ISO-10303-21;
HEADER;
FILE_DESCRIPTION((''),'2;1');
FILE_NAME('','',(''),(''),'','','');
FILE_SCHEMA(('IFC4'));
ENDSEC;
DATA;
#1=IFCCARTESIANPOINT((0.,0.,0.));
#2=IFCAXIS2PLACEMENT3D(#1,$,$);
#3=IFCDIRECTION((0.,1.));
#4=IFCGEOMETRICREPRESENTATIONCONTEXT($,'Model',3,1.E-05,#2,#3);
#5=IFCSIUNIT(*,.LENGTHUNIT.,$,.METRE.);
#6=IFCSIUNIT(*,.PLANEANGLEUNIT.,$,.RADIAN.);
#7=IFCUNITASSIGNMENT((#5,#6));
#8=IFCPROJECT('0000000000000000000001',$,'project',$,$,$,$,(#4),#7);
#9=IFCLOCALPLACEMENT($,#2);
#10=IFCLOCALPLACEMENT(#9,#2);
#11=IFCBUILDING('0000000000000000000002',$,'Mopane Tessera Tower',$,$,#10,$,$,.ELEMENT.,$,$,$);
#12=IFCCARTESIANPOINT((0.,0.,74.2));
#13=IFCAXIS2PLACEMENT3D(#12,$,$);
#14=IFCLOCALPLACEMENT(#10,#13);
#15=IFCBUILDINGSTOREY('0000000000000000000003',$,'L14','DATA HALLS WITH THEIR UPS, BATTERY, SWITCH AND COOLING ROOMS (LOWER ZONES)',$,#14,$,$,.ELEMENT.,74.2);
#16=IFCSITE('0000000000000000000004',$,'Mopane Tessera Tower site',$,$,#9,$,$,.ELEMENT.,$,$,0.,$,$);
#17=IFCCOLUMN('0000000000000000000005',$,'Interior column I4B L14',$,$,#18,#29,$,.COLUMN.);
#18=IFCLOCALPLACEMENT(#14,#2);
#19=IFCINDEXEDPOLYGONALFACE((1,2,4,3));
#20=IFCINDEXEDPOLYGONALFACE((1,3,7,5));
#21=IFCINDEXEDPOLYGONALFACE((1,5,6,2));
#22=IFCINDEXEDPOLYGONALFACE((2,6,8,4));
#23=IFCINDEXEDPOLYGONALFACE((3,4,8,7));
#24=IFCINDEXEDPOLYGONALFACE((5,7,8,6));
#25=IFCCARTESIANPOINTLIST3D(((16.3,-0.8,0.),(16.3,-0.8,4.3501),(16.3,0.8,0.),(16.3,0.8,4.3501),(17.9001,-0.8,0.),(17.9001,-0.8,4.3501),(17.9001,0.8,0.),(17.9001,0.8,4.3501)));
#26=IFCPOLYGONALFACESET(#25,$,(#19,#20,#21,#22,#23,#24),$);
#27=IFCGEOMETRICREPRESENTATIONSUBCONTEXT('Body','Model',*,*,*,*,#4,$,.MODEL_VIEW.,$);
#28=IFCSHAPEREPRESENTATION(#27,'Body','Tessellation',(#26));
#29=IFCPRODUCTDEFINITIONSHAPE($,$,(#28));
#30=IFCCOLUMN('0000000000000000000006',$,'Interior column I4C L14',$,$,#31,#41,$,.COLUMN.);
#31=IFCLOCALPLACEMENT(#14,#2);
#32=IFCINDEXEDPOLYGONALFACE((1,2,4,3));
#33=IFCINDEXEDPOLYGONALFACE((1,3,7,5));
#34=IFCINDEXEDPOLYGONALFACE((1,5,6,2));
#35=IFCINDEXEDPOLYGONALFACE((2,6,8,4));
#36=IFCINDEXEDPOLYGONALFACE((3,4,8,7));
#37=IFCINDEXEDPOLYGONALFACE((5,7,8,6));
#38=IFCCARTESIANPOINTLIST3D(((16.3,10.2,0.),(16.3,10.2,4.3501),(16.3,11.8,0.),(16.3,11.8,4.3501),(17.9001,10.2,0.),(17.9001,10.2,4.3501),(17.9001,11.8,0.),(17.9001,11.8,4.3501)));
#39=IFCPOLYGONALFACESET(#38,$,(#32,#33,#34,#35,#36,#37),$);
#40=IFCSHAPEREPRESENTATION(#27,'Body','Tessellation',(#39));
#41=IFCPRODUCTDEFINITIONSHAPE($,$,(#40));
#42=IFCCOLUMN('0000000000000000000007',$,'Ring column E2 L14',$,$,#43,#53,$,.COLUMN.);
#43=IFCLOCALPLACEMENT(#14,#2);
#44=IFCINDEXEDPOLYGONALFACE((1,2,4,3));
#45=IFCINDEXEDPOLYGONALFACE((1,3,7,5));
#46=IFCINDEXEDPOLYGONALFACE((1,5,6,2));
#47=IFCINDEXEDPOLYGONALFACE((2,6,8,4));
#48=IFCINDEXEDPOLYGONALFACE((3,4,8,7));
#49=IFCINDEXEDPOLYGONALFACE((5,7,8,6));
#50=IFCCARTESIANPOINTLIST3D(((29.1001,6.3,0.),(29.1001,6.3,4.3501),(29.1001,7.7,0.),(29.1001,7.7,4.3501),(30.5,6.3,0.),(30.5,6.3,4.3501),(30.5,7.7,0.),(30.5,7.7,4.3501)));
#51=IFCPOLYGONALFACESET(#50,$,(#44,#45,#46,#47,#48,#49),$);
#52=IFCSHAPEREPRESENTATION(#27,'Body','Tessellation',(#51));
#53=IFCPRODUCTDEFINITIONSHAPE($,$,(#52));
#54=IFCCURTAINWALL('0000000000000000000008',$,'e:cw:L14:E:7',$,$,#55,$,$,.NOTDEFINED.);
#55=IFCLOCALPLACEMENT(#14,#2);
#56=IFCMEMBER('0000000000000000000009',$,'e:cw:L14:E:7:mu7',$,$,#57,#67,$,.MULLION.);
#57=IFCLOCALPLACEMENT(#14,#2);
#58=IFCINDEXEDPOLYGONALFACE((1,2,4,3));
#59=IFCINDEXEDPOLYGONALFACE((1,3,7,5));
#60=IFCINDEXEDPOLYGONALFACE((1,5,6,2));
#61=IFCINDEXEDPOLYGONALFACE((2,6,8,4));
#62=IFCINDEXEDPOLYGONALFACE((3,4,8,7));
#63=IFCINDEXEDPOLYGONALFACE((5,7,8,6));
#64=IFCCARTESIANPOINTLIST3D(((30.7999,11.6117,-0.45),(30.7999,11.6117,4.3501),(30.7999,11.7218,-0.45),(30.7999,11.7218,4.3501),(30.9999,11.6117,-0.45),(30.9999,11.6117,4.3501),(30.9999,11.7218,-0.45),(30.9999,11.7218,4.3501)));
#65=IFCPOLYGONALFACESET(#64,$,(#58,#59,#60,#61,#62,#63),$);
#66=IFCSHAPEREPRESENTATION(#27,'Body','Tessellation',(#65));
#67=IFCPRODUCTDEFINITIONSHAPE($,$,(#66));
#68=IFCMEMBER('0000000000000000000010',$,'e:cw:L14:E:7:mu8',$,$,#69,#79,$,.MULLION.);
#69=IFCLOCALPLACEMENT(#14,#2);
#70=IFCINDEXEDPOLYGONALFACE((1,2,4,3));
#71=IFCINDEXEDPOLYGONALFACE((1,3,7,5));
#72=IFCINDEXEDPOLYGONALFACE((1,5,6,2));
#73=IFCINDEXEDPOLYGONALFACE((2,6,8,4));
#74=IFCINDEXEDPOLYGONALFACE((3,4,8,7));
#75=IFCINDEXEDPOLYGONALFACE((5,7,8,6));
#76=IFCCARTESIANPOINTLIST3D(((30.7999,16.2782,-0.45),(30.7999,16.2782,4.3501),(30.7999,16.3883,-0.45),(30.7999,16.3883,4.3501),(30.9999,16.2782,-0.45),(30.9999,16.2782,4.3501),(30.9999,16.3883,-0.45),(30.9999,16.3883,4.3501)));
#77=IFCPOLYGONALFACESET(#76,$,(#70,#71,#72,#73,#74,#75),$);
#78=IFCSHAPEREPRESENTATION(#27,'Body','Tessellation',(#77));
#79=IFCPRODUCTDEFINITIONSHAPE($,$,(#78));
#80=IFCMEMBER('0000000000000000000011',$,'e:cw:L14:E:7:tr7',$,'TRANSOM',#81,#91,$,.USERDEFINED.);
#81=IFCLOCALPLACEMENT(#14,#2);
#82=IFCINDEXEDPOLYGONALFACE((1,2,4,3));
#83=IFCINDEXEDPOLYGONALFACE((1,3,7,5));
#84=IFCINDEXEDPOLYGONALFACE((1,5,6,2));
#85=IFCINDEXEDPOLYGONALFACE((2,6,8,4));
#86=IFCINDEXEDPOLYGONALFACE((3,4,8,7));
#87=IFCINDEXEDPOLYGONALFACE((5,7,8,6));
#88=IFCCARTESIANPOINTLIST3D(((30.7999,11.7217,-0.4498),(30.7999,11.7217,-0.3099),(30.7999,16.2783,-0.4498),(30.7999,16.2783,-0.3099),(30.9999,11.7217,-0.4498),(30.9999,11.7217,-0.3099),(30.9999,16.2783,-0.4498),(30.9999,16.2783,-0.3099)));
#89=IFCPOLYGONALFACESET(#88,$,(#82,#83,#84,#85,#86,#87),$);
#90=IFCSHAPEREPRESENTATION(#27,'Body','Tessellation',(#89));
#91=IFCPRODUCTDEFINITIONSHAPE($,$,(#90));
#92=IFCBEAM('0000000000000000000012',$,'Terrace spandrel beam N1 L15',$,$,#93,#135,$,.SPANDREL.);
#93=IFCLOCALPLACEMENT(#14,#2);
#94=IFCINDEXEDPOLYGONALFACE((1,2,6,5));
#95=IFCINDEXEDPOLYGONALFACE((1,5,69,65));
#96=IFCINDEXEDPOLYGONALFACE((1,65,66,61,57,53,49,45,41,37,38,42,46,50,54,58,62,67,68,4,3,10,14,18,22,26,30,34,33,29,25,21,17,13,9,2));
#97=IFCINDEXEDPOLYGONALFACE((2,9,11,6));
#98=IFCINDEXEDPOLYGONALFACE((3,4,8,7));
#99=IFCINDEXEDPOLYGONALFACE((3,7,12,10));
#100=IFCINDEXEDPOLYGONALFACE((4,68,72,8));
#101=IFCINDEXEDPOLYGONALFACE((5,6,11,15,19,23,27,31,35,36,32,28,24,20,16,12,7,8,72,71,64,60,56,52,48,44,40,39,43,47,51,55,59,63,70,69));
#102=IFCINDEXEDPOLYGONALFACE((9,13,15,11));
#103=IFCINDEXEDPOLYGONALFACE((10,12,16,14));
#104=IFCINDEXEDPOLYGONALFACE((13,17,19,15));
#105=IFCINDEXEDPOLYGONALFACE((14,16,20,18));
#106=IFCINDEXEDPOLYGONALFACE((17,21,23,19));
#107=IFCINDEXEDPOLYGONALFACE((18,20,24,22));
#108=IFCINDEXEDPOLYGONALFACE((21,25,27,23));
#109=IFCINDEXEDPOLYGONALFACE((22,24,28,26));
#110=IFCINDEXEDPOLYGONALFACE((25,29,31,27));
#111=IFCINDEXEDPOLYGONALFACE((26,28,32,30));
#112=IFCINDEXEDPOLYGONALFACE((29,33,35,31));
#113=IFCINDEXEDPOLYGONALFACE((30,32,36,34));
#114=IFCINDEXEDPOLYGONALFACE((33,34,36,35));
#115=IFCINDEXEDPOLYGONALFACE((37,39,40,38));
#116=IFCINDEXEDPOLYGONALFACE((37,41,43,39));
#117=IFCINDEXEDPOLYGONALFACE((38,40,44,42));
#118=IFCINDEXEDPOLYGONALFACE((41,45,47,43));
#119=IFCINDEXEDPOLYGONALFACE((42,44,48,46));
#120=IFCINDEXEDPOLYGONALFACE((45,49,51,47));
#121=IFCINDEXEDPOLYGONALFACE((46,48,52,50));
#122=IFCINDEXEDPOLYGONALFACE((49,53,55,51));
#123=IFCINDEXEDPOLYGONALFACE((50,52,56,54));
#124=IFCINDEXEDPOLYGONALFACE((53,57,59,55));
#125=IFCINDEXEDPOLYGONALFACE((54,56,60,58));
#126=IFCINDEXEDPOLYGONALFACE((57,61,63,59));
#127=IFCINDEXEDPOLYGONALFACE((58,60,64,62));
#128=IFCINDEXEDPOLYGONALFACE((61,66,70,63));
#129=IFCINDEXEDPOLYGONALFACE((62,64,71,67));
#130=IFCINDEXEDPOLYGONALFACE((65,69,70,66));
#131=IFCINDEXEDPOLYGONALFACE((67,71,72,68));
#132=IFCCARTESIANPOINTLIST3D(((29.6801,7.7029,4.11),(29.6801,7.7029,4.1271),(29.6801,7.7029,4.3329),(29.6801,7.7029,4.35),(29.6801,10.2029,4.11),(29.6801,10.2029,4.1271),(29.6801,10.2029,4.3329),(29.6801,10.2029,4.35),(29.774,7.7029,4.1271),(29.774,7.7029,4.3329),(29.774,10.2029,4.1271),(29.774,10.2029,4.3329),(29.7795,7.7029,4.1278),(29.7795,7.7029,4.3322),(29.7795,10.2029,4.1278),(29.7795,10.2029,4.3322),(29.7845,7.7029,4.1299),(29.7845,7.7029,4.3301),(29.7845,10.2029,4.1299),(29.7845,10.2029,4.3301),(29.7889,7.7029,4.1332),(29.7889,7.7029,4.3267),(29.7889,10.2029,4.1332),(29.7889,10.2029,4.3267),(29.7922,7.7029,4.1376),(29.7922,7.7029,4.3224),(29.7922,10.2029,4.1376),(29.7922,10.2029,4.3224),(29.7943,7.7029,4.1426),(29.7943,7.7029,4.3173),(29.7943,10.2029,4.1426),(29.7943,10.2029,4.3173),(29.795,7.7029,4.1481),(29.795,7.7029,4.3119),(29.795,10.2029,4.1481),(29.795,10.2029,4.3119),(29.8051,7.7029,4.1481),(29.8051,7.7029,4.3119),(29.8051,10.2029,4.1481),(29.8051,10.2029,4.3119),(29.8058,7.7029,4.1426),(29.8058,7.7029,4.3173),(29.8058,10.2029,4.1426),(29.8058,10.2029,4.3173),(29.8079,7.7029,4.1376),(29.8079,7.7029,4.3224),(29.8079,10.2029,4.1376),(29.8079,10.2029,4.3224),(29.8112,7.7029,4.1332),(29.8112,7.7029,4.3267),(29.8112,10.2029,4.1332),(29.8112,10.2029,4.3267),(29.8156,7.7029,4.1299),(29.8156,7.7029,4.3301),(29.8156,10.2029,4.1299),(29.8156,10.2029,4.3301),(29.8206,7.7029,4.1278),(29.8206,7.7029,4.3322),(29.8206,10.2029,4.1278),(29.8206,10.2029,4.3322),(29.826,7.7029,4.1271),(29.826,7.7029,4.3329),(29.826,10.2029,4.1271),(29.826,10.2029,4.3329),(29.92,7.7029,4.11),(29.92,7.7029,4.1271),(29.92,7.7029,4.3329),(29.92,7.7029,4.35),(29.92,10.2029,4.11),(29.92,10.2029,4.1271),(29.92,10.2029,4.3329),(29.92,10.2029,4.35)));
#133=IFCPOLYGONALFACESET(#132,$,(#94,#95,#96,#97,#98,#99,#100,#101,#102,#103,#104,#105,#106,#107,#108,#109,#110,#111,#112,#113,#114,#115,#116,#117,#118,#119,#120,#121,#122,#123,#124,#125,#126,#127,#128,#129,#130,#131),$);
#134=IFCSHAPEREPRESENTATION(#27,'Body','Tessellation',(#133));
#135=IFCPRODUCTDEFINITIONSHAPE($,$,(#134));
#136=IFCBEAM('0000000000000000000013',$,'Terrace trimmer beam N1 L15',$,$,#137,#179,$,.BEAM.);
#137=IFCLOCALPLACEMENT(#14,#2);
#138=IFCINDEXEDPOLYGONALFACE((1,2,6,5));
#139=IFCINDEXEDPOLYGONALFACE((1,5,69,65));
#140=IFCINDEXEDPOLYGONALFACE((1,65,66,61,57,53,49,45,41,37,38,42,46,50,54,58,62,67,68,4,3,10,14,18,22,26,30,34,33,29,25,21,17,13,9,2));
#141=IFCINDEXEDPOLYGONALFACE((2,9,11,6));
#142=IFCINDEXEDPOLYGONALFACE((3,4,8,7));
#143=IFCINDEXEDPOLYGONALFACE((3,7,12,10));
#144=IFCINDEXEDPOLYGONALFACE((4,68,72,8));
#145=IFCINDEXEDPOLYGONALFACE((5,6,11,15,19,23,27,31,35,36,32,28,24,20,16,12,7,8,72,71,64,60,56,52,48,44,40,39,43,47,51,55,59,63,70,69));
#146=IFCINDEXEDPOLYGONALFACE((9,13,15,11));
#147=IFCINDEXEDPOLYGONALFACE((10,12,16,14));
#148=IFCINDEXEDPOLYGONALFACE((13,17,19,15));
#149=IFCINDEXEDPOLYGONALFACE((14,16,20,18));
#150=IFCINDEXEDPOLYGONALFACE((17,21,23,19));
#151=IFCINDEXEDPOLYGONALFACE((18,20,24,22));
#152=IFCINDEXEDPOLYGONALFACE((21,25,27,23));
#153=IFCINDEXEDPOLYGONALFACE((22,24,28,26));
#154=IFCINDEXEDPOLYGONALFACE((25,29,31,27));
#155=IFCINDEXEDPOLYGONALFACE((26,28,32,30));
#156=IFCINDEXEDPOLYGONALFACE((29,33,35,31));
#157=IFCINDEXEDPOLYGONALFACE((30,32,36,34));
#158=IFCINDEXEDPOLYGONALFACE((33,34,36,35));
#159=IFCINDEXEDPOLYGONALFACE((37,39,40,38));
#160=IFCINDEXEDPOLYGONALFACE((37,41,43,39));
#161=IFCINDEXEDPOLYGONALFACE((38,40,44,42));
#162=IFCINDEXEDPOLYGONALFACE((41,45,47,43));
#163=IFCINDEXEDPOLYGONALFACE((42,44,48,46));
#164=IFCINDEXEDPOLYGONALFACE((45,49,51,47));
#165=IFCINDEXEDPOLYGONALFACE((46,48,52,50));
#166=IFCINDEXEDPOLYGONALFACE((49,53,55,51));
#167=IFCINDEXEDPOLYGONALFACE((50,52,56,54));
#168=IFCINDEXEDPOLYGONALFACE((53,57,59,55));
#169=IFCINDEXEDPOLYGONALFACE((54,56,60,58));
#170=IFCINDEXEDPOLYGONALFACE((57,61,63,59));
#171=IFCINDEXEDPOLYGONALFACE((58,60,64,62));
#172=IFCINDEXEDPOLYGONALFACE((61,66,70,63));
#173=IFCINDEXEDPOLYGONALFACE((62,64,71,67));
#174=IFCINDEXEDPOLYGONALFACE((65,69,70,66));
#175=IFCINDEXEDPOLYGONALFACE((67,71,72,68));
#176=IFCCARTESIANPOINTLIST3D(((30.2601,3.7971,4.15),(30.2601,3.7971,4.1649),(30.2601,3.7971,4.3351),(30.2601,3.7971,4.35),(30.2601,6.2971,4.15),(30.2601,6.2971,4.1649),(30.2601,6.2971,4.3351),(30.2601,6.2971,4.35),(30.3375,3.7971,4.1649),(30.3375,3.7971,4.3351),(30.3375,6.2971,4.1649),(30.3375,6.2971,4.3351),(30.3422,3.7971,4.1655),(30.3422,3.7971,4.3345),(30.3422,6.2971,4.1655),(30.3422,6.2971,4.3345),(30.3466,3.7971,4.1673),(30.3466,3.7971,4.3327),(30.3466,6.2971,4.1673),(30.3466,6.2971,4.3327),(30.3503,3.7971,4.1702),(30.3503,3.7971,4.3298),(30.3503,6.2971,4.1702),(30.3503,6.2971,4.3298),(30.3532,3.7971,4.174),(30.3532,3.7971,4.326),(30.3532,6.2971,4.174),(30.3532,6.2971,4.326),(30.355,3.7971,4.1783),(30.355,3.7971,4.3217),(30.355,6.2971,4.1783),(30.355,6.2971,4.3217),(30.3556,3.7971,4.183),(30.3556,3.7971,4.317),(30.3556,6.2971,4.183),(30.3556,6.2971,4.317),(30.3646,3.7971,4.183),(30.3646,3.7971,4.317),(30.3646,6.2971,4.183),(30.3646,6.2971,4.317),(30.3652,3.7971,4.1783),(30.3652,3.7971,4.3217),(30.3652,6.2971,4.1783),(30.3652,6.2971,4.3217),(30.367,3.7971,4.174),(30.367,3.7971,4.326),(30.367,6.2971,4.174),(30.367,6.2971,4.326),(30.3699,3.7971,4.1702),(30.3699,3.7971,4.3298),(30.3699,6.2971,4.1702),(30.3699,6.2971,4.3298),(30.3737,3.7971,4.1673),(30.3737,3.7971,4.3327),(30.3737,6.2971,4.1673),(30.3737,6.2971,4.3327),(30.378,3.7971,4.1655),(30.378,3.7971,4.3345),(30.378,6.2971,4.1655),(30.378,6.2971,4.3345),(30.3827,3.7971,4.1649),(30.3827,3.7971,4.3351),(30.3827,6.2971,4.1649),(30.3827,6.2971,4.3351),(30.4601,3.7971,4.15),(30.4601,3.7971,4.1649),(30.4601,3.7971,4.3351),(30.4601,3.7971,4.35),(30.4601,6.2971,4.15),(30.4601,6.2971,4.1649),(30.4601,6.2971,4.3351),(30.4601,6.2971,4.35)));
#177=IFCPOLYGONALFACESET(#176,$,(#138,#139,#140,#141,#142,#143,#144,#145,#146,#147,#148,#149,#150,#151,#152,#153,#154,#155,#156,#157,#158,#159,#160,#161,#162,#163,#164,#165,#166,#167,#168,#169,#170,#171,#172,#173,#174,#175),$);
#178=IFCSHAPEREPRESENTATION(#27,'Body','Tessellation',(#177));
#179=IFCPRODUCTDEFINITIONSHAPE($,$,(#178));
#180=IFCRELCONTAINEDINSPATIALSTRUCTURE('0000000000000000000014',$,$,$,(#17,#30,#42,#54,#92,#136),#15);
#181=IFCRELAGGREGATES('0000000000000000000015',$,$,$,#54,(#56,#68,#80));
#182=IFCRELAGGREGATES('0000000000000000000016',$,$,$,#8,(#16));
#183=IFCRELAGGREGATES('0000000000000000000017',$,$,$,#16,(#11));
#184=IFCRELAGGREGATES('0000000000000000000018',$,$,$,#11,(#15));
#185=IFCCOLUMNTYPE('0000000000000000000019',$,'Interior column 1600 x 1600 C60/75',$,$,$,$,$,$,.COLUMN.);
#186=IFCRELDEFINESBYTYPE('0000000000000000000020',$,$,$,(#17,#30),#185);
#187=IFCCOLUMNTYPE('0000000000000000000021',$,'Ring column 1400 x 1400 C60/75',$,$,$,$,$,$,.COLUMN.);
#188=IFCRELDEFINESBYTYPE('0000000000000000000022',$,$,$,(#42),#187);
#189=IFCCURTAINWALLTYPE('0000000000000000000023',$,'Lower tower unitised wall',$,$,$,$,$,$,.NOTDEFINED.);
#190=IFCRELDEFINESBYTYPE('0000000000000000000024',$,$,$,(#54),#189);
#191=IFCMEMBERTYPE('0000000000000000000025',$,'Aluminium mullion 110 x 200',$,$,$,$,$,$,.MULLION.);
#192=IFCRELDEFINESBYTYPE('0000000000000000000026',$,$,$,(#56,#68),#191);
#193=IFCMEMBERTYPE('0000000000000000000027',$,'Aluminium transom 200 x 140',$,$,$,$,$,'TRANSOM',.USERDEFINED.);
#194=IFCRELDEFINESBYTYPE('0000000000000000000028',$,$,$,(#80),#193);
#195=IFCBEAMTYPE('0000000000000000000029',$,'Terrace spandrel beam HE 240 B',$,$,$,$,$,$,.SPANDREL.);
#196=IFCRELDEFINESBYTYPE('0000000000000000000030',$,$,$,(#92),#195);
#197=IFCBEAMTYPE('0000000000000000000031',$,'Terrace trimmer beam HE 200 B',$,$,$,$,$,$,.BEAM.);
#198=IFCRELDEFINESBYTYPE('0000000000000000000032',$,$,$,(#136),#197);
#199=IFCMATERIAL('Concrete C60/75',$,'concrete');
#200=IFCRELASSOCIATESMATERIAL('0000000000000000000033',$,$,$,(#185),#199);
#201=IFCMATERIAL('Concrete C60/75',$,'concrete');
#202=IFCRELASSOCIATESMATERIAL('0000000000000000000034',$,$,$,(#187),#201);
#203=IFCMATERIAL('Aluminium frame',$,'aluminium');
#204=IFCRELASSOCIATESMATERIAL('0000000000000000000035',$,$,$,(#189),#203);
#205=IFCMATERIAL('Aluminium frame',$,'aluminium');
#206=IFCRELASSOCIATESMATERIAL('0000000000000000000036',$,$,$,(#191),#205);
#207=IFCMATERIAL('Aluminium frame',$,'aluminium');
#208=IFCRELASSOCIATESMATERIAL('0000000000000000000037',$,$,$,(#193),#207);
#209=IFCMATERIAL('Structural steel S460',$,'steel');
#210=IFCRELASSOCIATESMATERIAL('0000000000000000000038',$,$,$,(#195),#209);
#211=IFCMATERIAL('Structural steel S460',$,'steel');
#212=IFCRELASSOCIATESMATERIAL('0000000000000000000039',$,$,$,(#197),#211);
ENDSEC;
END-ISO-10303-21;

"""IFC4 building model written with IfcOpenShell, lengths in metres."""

from ifc_helpers import new_model, si_unit, direction, frame, origin, origin_2d, place, context, subcontext, project, spatial, rectangle, i_section, extrude, material, material_profile, profile_set, type_object, element, aggregate, save


model = new_model("IFC4")

# Units and contexts
model_context = context("Model", 3, precision=1e-05, world=origin(), true_north=direction((0.0, 1.0)))
body_context = subcontext(model_context, "Body", "Model", "MODEL_VIEW")
ifc_project = project(units=[si_unit("LENGTHUNIT", "METRE"), si_unit("PLANEANGLEUNIT", "RADIAN")], contexts=[model_context])

# Site, building, storey
site_placement = place(None, origin())
site = spatial("IfcSite", under=ifc_project, at=site_placement, Name="Mopane Tessera Tower site", CompositionType="ELEMENT", RefElevation=0.0)
building_placement = place(site_placement, origin())
building = spatial("IfcBuilding", under=site, at=building_placement, Name="Mopane Tessera Tower", CompositionType="ELEMENT")
storey_placement = place(building_placement, frame((0.0, 0.0, 74.2)))
storey = spatial("IfcBuildingStorey", under=building, at=storey_placement, Name="L14", Description="DATA HALLS WITH THEIR UPS, BATTERY, SWITCH AND COOLING ROOMS (LOWER ZONES)", CompositionType="ELEMENT", Elevation=74.2)

# Columns
ifc_material_1 = material(Name="Concrete C60/75", Category="concrete")
ifc_material_profile_1 = material_profile(ifc_material_1, rectangle(XDim=1.6001, YDim=1.6001, at=origin_2d()))
ifc_profile_set_1 = profile_set([ifc_material_profile_1], Name="Concrete C60/75")
column_type_1 = type_object("IfcColumnType", Name="Interior column 1600 x 1600 C60/75", PredefinedType="COLUMN", material=ifc_profile_set_1)
for number, where, z_axis, x_axis, name in (
    (1, (17.1001, 0.0, 0.0), (0.0, 0.0, 1.0), (1.0, 0.0, 0.0), "Interior column I4B L14"),
    (2, (17.1001, 11.0, 0.0), (0.0, 0.0, 1.0), (1.0, 0.0, 0.0), "Interior column I4C L14"),
):
    element("IfcColumn", number, at=place(storey_placement, frame(where, z_axis=z_axis, x_axis=x_axis)), inside=storey, type_object=column_type_1, Name=name, PredefinedType="COLUMN", context=body_context, shape_type="SweptSolid", body=[
        extrude(rectangle(XDim=1.6001, YDim=1.6001, at=origin_2d()), origin(), (0.0, 0.0, 1.0), 4.3501),
    ])
ifc_material_2 = material(Name="Concrete C60/75", Category="concrete")
ifc_material_profile_2 = material_profile(ifc_material_2, rectangle(XDim=1.3999, YDim=1.3999, at=origin_2d()))
ifc_profile_set_2 = profile_set([ifc_material_profile_2], Name="Concrete C60/75")
column_type_2 = type_object("IfcColumnType", Name="Ring column 1400 x 1400 C60/75", PredefinedType="COLUMN", material=ifc_profile_set_2)
column_placement = place(storey_placement, frame((29.8, 7.0, 0.0), z_axis=(0.0, 0.0, 1.0), x_axis=(1.0, 0.0, 0.0)))
element("IfcColumn", 3, at=column_placement, inside=storey, type_object=column_type_2, Name="Ring column E2 L14", PredefinedType="COLUMN", context=body_context, shape_type="SweptSolid", body=[
    extrude(rectangle(XDim=1.3999, YDim=1.3999, at=origin_2d()), origin(), (0.0, 0.0, 1.0), 4.3501),
])

# Curtain wall, members
ifc_material_3 = material(Name="Aluminium frame", Category="aluminium")
curtain_wall_type = type_object("IfcCurtainWallType", Name="Lower tower unitised wall", PredefinedType="NOTDEFINED", material=ifc_material_3)
curtain_wall_placement = place(storey_placement, origin())
curtain_wall = element("IfcCurtainWall", 4, at=curtain_wall_placement, inside=storey, type_object=curtain_wall_type, Name="e:cw:L14:E:7", PredefinedType="NOTDEFINED")
ifc_material_4 = material(Name="Aluminium frame", Category="aluminium")
ifc_material_profile_3 = material_profile(ifc_material_4, rectangle(XDim=0.1101, YDim=0.2, at=origin_2d()))
ifc_profile_set_3 = profile_set([ifc_material_profile_3], Name="Aluminium frame")
member_type_1 = type_object("IfcMemberType", Name="Aluminium mullion 110 x 200", PredefinedType="MULLION", material=ifc_profile_set_3)
member_1_placement = place(storey_placement, frame((30.8999, 11.6667, -0.45), z_axis=(0.0, 0.0, 1.0), x_axis=(0.0, 1.0, 0.0)))
member_1 = element("IfcMember", 5, at=member_1_placement, type_object=member_type_1, Name="e:cw:L14:E:7:mu7", PredefinedType="MULLION", context=body_context, shape_type="SweptSolid", body=[
    extrude(rectangle(XDim=0.1101, YDim=0.2, at=origin_2d()), origin(), (0.0, 0.0, 1.0), 4.8),
])
member_2_placement = place(storey_placement, frame((30.8999, 16.3333, -0.45), z_axis=(0.0, 0.0, 1.0), x_axis=(0.0, 1.0, 0.0)))
member_2 = element("IfcMember", 6, at=member_2_placement, type_object=member_type_1, Name="e:cw:L14:E:7:mu8", PredefinedType="MULLION", context=body_context, shape_type="SweptSolid", body=[
    extrude(rectangle(XDim=0.1101, YDim=0.2, at=origin_2d()), origin(), (0.0, 0.0, 1.0), 4.8),
])
ifc_material_5 = material(Name="Aluminium frame", Category="aluminium")
ifc_material_profile_4 = material_profile(ifc_material_5, rectangle(XDim=0.2, YDim=0.1399, at=origin_2d()))
ifc_profile_set_4 = profile_set([ifc_material_profile_4], Name="Aluminium frame")
member_type_2 = type_object("IfcMemberType", Name="Aluminium transom 200 x 140", ElementType="TRANSOM", PredefinedType="USERDEFINED", material=ifc_profile_set_4)
member_3_placement = place(storey_placement, frame((30.8999, 11.7217, -0.3799), z_axis=(0.0, 1.0, 0.0), x_axis=(-1.0, 0.0, 0.0)))
member_3 = element("IfcMember", 7, at=member_3_placement, type_object=member_type_2, Name="e:cw:L14:E:7:tr7", ObjectType="TRANSOM", PredefinedType="USERDEFINED", context=body_context, shape_type="SweptSolid", body=[
    extrude(rectangle(XDim=0.2, YDim=0.1399, at=origin_2d()), origin(), (0.0, 0.0, 1.0), 4.5566),
])

# Beams
ifc_material_6 = material(Name="Structural steel S460", Category="steel")
ifc_material_profile_5 = material_profile(ifc_material_6, i_section(OverallWidth=0.24, OverallDepth=0.24, WebThickness=0.01, FlangeThickness=0.0171, FilletRadius=0.021, at=origin_2d()))
ifc_profile_set_5 = profile_set([ifc_material_profile_5], Name="Structural steel S460")
beam_type_1 = type_object("IfcBeamType", Name="Terrace spandrel beam HE 240 B", PredefinedType="SPANDREL", material=ifc_profile_set_5)
beam_1_placement = place(storey_placement, frame((29.8, 7.7029, 4.23), z_axis=(0.0, 1.0, 0.0), x_axis=(-1.0, 0.0, 0.0)))
element("IfcBeam", 8, at=beam_1_placement, inside=storey, type_object=beam_type_1, Name="Terrace spandrel beam N1 L15", PredefinedType="SPANDREL", context=body_context, shape_type="SweptSolid", body=[
    extrude(i_section(OverallWidth=0.24, OverallDepth=0.24, WebThickness=0.01, FlangeThickness=0.0171, FilletRadius=0.021, at=origin_2d()), origin(), (0.0, 0.0, 1.0), 2.5),
])
ifc_material_7 = material(Name="Structural steel S460", Category="steel")
ifc_material_profile_6 = material_profile(ifc_material_7, i_section(OverallWidth=0.2, OverallDepth=0.2, WebThickness=0.009, FlangeThickness=0.0149, FilletRadius=0.0181, at=origin_2d()))
ifc_profile_set_6 = profile_set([ifc_material_profile_6], Name="Structural steel S460")
beam_type_2 = type_object("IfcBeamType", Name="Terrace trimmer beam HE 200 B", PredefinedType="BEAM", material=ifc_profile_set_6)
beam_2_placement = place(storey_placement, frame((30.3601, 6.2971, 4.25), z_axis=(0.0, -1.0, 0.0), x_axis=(1.0, 0.0, 0.0)))
element("IfcBeam", 9, at=beam_2_placement, inside=storey, type_object=beam_type_2, Name="Terrace trimmer beam N1 L15", PredefinedType="BEAM", context=body_context, shape_type="SweptSolid", body=[
    extrude(i_section(OverallWidth=0.2, OverallDepth=0.2, WebThickness=0.009, FlangeThickness=0.0149, FilletRadius=0.0181, at=origin_2d()), origin(), (0.0, 0.0, 1.0), 2.5),
])

aggregate(curtain_wall, [member_1, member_2, member_3])

save(model, "model.ifc")
